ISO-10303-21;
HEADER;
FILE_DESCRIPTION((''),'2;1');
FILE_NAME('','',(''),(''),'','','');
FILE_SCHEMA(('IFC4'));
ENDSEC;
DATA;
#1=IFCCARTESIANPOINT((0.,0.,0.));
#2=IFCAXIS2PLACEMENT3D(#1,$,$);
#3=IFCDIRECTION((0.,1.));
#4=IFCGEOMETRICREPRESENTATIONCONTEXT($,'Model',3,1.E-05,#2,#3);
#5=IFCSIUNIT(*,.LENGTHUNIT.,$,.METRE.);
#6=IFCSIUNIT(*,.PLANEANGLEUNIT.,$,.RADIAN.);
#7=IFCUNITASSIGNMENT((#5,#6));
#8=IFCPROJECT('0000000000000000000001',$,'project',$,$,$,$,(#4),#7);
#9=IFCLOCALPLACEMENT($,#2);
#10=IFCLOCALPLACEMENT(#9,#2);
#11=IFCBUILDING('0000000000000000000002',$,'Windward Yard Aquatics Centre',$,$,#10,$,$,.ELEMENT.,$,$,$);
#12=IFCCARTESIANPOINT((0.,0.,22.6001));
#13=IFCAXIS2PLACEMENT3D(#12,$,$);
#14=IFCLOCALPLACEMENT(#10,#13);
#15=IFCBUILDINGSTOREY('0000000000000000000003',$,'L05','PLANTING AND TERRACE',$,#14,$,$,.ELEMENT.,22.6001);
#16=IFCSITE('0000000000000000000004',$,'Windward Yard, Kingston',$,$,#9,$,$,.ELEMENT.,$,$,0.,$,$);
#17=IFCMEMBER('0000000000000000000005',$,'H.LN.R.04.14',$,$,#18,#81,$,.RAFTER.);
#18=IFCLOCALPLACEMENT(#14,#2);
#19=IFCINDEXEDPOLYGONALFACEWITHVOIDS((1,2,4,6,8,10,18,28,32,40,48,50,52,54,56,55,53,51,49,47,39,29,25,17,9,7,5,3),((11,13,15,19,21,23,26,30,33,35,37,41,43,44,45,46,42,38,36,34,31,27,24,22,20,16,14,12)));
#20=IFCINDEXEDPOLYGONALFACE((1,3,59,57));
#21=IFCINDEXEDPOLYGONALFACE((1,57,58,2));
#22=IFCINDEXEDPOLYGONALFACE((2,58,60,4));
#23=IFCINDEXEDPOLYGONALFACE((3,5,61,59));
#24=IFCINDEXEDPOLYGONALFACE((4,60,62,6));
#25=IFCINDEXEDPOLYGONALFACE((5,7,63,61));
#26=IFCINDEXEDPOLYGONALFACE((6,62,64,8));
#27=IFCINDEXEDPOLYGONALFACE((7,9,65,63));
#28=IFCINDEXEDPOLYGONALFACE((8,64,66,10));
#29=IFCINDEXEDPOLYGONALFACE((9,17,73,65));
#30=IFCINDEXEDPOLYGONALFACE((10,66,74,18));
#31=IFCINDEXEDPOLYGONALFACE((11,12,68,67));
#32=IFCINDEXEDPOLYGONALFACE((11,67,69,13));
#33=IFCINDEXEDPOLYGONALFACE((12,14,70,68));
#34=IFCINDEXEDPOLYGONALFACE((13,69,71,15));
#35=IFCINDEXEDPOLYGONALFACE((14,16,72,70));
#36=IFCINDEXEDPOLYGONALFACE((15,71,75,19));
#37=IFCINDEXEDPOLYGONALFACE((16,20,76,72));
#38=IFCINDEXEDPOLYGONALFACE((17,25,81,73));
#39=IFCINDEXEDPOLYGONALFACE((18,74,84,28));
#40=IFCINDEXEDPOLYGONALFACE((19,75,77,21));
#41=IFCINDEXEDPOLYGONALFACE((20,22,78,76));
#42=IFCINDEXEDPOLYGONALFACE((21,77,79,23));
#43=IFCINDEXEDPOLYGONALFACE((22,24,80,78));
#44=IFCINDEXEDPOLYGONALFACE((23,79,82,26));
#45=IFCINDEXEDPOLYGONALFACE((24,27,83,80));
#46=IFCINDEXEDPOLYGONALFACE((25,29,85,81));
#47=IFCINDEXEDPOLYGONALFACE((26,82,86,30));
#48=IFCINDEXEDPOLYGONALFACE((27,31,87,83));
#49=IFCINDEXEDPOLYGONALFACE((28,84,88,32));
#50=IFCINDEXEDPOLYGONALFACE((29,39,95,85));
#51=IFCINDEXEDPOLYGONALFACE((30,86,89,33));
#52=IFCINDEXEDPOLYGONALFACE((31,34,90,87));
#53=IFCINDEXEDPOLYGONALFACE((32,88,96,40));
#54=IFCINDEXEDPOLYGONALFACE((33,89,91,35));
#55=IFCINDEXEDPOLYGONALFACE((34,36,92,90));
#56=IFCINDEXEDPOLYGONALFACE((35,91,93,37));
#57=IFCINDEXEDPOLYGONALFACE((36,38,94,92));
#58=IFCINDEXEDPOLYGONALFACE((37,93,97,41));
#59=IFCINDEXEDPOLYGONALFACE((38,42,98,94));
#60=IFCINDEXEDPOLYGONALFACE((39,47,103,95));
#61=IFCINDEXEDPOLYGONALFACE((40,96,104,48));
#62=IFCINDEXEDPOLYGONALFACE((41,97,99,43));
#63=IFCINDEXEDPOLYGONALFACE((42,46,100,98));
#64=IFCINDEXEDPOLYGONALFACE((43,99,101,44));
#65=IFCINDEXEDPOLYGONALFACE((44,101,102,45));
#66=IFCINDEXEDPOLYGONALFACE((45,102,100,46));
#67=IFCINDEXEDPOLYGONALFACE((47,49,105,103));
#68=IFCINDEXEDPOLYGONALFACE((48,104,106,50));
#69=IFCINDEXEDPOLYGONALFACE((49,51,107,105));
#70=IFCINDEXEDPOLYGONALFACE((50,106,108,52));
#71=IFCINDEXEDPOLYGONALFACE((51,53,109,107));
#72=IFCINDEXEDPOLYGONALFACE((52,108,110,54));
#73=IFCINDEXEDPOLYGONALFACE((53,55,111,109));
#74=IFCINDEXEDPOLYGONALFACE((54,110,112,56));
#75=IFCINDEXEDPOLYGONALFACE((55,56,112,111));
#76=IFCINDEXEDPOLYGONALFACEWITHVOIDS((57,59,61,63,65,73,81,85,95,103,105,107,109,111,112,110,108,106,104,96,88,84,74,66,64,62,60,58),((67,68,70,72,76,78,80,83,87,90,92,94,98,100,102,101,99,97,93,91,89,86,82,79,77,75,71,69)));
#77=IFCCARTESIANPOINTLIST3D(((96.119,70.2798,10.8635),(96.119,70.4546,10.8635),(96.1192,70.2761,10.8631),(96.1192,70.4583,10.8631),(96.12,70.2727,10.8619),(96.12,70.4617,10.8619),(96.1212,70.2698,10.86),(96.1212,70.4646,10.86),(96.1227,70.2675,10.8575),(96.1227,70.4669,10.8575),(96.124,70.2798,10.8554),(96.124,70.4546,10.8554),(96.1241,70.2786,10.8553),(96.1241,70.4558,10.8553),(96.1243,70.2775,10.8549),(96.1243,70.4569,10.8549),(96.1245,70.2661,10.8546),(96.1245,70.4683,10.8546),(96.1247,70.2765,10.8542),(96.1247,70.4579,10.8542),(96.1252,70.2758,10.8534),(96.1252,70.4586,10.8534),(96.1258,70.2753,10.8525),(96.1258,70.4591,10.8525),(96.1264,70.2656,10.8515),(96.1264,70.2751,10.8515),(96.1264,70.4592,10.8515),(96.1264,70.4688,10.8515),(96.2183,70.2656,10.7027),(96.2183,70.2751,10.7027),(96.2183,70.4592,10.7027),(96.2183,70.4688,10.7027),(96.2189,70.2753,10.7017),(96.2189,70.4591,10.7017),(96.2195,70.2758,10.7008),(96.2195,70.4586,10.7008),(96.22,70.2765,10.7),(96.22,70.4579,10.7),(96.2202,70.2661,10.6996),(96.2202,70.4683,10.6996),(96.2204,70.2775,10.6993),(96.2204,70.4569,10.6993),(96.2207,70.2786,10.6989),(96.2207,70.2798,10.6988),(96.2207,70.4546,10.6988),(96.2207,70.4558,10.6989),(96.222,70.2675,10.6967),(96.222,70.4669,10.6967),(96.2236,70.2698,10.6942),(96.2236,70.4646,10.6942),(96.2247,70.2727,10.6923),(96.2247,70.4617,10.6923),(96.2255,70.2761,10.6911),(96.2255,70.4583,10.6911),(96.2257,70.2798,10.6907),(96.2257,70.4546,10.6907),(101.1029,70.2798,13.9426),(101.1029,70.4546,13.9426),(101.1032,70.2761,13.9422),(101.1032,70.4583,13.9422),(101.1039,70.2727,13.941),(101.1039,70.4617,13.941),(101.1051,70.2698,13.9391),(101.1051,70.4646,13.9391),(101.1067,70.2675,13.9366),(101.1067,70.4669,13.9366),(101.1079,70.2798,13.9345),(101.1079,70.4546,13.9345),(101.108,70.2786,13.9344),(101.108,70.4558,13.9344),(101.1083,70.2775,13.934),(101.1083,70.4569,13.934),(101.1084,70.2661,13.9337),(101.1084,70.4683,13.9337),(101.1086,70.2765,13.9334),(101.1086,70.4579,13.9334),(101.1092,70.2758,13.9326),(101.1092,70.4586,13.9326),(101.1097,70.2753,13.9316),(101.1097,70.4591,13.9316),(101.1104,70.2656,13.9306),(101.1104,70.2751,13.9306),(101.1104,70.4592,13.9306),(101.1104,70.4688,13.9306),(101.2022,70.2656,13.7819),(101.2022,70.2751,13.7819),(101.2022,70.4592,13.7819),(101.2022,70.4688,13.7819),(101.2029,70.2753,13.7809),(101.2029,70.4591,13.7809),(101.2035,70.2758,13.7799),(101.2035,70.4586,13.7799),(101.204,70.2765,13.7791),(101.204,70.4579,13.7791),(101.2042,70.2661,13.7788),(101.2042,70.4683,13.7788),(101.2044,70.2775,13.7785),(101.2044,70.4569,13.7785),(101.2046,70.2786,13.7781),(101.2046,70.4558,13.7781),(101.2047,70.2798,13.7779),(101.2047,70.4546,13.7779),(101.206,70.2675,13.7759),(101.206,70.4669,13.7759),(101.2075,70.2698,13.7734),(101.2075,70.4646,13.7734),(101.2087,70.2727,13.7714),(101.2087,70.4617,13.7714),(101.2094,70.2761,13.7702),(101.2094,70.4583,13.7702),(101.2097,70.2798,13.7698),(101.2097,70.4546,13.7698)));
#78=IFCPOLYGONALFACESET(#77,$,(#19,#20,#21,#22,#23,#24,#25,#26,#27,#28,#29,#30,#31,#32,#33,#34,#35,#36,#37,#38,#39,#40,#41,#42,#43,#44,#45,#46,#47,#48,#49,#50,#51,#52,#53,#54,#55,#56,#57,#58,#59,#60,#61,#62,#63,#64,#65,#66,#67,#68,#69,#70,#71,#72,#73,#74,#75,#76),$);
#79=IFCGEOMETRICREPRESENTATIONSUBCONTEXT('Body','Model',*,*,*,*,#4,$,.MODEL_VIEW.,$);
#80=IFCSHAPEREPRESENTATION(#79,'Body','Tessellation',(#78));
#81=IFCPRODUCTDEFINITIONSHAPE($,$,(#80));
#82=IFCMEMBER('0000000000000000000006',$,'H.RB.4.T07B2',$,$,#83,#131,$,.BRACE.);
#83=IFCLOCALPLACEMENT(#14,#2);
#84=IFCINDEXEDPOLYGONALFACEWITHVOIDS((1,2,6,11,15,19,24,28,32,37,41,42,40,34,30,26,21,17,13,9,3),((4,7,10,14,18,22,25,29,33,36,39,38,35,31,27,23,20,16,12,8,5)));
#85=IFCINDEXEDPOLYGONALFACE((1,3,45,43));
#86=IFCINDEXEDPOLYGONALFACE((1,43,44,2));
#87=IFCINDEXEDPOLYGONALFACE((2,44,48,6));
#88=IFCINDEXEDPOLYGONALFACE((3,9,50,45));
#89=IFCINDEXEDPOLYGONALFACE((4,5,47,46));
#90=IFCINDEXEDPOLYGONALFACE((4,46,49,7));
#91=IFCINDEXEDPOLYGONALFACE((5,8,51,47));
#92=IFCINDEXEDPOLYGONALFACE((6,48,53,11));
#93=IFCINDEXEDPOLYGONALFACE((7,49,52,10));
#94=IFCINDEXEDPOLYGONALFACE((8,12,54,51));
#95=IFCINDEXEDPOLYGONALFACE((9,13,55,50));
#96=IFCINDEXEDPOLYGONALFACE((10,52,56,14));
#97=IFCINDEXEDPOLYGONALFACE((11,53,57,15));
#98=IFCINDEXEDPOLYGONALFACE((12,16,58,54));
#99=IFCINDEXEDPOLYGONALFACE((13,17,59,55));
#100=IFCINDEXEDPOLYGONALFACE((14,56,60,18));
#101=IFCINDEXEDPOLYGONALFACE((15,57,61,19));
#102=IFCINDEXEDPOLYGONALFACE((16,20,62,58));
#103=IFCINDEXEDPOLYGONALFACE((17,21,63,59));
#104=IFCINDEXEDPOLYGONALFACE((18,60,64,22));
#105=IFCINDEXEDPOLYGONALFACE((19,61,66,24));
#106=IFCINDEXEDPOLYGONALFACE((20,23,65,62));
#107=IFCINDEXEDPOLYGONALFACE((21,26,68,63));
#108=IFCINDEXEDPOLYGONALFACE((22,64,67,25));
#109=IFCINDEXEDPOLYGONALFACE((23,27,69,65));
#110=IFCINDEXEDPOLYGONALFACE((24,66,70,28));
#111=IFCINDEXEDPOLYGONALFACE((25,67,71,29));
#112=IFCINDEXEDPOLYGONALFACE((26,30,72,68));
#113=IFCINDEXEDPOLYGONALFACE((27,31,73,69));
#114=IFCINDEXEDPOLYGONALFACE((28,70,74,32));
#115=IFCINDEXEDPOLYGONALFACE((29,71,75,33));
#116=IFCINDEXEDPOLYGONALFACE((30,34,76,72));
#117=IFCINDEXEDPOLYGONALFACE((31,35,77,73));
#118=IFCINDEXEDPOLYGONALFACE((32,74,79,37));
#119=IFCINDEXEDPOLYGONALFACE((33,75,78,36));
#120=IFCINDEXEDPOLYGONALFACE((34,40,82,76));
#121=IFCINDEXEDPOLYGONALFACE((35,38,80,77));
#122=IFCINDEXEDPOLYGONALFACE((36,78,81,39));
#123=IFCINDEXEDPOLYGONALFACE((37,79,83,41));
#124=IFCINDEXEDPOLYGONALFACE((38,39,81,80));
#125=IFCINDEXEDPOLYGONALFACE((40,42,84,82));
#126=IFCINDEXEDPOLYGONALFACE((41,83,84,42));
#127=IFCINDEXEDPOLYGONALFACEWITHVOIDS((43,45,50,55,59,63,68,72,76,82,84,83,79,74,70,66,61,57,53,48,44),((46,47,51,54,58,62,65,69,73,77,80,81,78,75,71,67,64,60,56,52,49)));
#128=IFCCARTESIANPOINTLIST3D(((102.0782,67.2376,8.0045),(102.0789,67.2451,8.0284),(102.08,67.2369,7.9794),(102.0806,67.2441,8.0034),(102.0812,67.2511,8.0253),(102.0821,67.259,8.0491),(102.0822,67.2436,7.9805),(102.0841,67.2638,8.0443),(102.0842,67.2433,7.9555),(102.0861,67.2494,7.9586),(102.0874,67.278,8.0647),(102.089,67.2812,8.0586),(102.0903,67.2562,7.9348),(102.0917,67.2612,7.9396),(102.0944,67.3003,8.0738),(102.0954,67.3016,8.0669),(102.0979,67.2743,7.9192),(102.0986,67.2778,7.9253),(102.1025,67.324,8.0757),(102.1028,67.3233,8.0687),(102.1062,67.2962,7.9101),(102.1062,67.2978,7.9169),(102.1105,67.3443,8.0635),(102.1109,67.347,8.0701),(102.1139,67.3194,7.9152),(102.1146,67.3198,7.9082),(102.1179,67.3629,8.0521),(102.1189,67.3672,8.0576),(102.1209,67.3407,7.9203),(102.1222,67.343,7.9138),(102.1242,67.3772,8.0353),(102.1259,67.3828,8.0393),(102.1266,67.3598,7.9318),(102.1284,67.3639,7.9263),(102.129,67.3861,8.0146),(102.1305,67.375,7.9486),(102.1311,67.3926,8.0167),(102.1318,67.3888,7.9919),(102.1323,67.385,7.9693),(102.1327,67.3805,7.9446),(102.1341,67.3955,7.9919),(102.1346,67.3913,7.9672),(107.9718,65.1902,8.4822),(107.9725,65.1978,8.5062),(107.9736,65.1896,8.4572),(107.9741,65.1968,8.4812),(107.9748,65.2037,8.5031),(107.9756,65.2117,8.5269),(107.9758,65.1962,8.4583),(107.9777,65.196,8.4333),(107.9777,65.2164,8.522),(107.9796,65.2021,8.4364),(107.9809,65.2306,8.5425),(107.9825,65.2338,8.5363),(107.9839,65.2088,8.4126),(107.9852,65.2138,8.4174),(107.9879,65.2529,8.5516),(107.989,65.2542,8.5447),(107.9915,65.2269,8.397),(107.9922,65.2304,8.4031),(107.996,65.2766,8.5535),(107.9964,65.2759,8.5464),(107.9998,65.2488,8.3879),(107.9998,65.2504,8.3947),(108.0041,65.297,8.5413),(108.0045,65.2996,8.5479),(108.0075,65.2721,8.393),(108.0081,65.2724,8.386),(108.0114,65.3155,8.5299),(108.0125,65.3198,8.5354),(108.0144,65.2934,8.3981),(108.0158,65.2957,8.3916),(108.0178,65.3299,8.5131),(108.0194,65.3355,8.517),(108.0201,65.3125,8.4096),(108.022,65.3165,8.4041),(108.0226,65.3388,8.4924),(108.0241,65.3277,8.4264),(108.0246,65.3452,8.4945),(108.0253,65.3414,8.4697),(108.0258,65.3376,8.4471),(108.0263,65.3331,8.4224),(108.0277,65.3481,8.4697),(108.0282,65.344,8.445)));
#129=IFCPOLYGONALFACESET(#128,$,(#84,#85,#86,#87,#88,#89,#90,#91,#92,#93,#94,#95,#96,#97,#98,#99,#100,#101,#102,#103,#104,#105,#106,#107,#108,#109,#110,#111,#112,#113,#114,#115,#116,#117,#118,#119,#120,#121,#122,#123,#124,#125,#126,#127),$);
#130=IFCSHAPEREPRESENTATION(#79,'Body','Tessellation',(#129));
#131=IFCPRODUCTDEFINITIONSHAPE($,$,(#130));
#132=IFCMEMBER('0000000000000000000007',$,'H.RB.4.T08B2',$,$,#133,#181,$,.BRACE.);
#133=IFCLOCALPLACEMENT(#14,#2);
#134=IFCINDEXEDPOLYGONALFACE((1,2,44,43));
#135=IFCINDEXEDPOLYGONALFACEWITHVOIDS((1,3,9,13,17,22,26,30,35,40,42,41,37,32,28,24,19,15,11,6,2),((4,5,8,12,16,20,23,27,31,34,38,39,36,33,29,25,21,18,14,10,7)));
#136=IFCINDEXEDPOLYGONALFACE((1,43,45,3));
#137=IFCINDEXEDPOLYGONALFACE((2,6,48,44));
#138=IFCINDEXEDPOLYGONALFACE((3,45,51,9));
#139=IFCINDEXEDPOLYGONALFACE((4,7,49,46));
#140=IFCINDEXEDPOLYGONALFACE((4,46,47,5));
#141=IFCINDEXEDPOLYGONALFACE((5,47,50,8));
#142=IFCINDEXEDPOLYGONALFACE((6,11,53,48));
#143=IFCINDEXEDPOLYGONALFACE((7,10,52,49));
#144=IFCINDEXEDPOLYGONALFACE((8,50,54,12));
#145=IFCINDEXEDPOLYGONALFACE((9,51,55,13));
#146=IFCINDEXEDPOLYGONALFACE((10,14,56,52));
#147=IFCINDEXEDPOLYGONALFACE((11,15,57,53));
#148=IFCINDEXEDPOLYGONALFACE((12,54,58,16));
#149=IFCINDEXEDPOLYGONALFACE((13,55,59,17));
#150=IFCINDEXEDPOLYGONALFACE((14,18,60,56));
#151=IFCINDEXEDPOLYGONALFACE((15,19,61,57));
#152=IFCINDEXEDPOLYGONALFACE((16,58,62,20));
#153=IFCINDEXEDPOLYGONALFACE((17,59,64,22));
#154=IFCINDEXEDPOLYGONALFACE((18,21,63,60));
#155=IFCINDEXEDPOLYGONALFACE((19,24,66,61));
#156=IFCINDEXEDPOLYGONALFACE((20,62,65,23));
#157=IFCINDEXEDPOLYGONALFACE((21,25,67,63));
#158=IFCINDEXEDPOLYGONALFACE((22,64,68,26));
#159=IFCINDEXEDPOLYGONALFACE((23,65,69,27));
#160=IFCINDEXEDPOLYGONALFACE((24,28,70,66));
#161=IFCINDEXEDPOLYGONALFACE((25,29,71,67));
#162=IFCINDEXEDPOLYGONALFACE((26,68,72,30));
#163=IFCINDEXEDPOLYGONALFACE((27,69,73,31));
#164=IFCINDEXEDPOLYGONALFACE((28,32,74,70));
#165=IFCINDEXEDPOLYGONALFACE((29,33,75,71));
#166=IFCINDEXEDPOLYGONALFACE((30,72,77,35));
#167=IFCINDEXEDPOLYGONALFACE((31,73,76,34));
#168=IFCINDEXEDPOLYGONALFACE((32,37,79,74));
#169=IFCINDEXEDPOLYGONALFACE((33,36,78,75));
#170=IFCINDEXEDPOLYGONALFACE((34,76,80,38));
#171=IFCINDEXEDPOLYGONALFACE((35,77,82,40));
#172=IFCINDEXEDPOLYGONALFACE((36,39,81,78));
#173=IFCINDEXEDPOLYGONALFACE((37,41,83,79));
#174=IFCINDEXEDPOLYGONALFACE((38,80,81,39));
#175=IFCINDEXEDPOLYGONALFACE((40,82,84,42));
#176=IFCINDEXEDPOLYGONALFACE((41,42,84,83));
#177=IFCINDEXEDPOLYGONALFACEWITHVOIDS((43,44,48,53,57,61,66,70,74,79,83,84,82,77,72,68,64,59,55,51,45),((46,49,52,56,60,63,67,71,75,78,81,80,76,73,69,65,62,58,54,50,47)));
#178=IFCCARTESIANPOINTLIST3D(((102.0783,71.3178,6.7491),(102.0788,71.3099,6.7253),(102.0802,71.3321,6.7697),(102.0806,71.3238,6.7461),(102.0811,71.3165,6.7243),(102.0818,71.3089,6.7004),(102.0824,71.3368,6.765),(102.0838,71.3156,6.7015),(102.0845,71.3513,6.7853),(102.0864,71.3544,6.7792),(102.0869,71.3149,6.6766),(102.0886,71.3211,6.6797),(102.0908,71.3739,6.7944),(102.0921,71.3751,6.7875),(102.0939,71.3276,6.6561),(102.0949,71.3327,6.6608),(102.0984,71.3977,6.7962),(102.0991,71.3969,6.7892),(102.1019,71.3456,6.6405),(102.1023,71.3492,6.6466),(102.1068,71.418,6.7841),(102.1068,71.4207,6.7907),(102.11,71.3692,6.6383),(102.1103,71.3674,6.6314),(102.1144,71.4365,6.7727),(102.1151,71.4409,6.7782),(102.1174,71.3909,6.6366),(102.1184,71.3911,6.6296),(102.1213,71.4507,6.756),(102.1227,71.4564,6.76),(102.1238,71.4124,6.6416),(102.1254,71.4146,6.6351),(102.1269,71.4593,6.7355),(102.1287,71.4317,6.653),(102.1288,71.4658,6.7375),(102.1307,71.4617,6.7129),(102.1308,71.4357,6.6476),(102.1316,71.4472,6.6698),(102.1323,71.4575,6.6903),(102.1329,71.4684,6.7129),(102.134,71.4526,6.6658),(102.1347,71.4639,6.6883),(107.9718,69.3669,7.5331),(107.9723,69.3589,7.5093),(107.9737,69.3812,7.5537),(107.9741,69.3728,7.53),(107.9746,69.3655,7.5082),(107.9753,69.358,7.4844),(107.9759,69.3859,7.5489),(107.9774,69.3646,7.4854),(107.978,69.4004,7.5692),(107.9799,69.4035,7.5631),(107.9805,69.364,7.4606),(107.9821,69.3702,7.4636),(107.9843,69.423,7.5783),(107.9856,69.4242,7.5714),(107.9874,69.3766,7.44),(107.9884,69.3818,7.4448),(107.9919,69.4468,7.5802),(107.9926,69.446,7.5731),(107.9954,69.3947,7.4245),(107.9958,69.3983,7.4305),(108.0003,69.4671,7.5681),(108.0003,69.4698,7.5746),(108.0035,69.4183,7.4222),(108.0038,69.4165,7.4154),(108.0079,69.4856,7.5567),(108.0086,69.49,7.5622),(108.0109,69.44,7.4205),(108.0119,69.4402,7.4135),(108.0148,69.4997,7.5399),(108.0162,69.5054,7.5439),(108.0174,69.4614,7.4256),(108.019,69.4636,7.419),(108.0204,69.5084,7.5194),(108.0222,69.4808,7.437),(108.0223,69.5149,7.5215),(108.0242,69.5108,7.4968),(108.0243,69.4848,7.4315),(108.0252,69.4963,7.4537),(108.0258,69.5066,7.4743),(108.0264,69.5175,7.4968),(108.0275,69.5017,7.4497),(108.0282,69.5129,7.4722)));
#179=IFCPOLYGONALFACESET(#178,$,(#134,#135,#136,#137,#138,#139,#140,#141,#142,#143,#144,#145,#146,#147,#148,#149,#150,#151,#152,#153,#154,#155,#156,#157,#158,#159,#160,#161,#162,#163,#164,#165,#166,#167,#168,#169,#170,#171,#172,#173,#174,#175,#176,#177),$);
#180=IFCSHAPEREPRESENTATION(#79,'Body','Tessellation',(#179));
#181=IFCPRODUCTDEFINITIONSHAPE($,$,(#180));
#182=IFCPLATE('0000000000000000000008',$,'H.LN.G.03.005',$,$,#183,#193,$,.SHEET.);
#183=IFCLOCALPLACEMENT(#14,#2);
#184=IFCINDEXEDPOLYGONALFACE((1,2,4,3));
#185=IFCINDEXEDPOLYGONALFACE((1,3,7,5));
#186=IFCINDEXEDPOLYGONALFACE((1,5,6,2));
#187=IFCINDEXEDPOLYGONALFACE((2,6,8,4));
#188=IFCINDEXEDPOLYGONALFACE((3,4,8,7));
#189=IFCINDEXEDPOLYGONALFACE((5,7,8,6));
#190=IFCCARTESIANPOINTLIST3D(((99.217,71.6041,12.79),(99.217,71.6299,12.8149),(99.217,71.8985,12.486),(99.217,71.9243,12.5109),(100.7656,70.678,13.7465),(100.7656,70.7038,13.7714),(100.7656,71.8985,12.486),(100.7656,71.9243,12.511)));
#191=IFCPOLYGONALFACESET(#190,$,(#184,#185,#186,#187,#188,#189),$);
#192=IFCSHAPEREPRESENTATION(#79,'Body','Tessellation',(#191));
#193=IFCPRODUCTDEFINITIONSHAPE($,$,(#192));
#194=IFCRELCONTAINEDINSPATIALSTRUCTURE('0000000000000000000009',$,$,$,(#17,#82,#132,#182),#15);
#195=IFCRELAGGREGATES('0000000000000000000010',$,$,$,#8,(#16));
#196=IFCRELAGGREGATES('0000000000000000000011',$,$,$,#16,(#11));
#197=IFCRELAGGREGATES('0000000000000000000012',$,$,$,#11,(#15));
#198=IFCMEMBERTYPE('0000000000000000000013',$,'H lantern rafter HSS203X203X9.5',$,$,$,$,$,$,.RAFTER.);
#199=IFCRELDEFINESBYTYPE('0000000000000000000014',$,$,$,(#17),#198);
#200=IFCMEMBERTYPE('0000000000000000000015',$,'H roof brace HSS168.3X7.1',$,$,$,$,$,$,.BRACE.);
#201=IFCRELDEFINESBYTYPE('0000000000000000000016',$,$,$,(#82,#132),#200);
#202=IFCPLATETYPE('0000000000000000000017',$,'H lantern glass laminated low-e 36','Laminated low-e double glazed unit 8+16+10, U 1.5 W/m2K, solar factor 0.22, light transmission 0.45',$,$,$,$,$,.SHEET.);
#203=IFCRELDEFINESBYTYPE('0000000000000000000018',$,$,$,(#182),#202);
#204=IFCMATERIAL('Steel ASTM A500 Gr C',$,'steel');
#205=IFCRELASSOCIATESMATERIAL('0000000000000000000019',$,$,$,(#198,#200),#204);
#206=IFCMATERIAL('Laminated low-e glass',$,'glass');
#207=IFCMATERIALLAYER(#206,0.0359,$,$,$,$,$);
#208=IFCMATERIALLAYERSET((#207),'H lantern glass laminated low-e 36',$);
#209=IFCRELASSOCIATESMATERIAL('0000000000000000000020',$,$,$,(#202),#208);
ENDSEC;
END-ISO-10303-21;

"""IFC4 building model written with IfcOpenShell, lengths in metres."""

from ifc_helpers import new_model, si_unit, direction, frame, origin, origin_2d, place, context, subcontext, project, spatial, polyline, hollow_rectangle, hollow_circle, outline, extrude, material, layer, layer_set, material_profile, profile_set, type_object, element, save


model = new_model("IFC4")

# Units and contexts
model_context = context("Model", 3, precision=1e-05, world=origin(), true_north=direction((0.0, 1.0)))
body_context = subcontext(model_context, "Body", "Model", "MODEL_VIEW")
ifc_project = project(units=[si_unit("LENGTHUNIT", "METRE"), si_unit("PLANEANGLEUNIT", "RADIAN")], contexts=[model_context])

# Site, building, storey
site_placement = place(None, origin())
site = spatial("IfcSite", under=ifc_project, at=site_placement, Name="Windward Yard, Kingston", CompositionType="ELEMENT", RefElevation=0.0)
building_placement = place(site_placement, origin())
building = spatial("IfcBuilding", under=site, at=building_placement, Name="Windward Yard Aquatics Centre", CompositionType="ELEMENT")
storey_placement = place(building_placement, frame((0.0, 0.0, 22.6001)))
storey = spatial("IfcBuildingStorey", under=building, at=storey_placement, Name="L05", Description="PLANTING AND TERRACE", CompositionType="ELEMENT", Elevation=22.6001)

# Members
ifc_material_1 = material(Name="Steel ASTM A500 Gr C", Category="steel")
ifc_material_profile_1 = material_profile(ifc_material_1, hollow_rectangle(XDim=0.2031, YDim=0.2031, WallThickness=0.0095, InnerFilletRadius=0.0046, OuterFilletRadius=0.0142, at=origin_2d()), Name="HSS203X203X9.5")
ifc_profile_set_1 = profile_set([ifc_material_profile_1], Name="Steel ASTM A500 Gr C")
member_type_1 = type_object("IfcMemberType", Name="H lantern rafter HSS203X203X9.5", PredefinedType="RAFTER", material=ifc_profile_set_1)
member_1_placement = place(storey_placement, frame((96.1724, 70.3672, 10.7771), z_axis=(0.850736, 0.0, 0.525594), x_axis=(0.0, 1.0, 0.0)))
element("IfcMember", 1, at=member_1_placement, inside=storey, type_object=member_type_1, Name="H.LN.R.04.14", PredefinedType="RAFTER", context=body_context, shape_type="SweptSolid", body=[
    extrude(hollow_rectangle(XDim=0.2031, YDim=0.2031, WallThickness=0.0095, InnerFilletRadius=0.0046, OuterFilletRadius=0.0142, at=origin_2d()), origin(), (0.0, 0.0, 1.0), 5.8584),
])
ifc_material_profile_2 = material_profile(ifc_material_1, hollow_circle(Radius=0.0842, WallThickness=0.0071, at=origin_2d()), Name="HSS168.3X7.1")
ifc_profile_set_2 = profile_set([ifc_material_profile_2], Name="Steel ASTM A500 Gr C")
member_type_2 = type_object("IfcMemberType", Name="H roof brace HSS168.3X7.1", PredefinedType="BRACE", material=ifc_profile_set_2)
for number, where, z_axis, x_axis, name in (
    (2, (102.1064, 67.3159, 7.9919), (0.941867, -0.327195, 0.076356), (0.328153, 0.944624, 0.0), "H.RB.4.T07B2"),
    (3, (102.1064, 71.3884, 6.7129), (0.941858, -0.311781, 0.125282), (0.314257, 0.949338, 0.0), "H.RB.4.T08B2"),
):
    element("IfcMember", number, at=place(storey_placement, frame(where, z_axis=z_axis, x_axis=x_axis)), inside=storey, type_object=member_type_2, Name=name, PredefinedType="BRACE", context=body_context, shape_type="SweptSolid", body=[
        extrude(hollow_circle(Radius=0.0842, WallThickness=0.0071, at=origin_2d()), origin(), (0.0, 0.0, 1.0), 6.2573),
    ])

# Plate
ifc_material_2 = material(Name="Laminated low-e glass", Category="glass")
ifc_layer_1 = layer(ifc_material_2, 0.0359)
ifc_layer_set_1 = layer_set([ifc_layer_1], Name="H lantern glass laminated low-e 36")
plate_type = type_object("IfcPlateType", Name="H lantern glass laminated low-e 36", Description="Laminated low-e double glazed unit 8+16+10, U 1.5 W/m2K, solar factor 0.22, light transmission 0.45", PredefinedType="SHEET", material=ifc_layer_set_1)
plate_1_placement = place(storey_placement, frame((99.217, 71.6299, 12.8149), z_axis=(-0.00005, 0.718394, 0.695636), x_axis=(0.0, 0.695636, -0.718394)))
element("IfcPlate", 4, at=plate_1_placement, inside=storey, type_object=plate_type, Name="H.LN.G.03.005", PredefinedType="SHEET", context=body_context, shape_type="SweptSolid", body=[
    extrude(outline(polyline([(0.0, 0.0), (0.4232, 0.0), (0.4232, -1.5486), (-1.3314, -1.5486), (0.0, 0.0)])), origin(), (0.0, 0.0, -1.0), 0.0359),
])

save(model, "model.ifc")
